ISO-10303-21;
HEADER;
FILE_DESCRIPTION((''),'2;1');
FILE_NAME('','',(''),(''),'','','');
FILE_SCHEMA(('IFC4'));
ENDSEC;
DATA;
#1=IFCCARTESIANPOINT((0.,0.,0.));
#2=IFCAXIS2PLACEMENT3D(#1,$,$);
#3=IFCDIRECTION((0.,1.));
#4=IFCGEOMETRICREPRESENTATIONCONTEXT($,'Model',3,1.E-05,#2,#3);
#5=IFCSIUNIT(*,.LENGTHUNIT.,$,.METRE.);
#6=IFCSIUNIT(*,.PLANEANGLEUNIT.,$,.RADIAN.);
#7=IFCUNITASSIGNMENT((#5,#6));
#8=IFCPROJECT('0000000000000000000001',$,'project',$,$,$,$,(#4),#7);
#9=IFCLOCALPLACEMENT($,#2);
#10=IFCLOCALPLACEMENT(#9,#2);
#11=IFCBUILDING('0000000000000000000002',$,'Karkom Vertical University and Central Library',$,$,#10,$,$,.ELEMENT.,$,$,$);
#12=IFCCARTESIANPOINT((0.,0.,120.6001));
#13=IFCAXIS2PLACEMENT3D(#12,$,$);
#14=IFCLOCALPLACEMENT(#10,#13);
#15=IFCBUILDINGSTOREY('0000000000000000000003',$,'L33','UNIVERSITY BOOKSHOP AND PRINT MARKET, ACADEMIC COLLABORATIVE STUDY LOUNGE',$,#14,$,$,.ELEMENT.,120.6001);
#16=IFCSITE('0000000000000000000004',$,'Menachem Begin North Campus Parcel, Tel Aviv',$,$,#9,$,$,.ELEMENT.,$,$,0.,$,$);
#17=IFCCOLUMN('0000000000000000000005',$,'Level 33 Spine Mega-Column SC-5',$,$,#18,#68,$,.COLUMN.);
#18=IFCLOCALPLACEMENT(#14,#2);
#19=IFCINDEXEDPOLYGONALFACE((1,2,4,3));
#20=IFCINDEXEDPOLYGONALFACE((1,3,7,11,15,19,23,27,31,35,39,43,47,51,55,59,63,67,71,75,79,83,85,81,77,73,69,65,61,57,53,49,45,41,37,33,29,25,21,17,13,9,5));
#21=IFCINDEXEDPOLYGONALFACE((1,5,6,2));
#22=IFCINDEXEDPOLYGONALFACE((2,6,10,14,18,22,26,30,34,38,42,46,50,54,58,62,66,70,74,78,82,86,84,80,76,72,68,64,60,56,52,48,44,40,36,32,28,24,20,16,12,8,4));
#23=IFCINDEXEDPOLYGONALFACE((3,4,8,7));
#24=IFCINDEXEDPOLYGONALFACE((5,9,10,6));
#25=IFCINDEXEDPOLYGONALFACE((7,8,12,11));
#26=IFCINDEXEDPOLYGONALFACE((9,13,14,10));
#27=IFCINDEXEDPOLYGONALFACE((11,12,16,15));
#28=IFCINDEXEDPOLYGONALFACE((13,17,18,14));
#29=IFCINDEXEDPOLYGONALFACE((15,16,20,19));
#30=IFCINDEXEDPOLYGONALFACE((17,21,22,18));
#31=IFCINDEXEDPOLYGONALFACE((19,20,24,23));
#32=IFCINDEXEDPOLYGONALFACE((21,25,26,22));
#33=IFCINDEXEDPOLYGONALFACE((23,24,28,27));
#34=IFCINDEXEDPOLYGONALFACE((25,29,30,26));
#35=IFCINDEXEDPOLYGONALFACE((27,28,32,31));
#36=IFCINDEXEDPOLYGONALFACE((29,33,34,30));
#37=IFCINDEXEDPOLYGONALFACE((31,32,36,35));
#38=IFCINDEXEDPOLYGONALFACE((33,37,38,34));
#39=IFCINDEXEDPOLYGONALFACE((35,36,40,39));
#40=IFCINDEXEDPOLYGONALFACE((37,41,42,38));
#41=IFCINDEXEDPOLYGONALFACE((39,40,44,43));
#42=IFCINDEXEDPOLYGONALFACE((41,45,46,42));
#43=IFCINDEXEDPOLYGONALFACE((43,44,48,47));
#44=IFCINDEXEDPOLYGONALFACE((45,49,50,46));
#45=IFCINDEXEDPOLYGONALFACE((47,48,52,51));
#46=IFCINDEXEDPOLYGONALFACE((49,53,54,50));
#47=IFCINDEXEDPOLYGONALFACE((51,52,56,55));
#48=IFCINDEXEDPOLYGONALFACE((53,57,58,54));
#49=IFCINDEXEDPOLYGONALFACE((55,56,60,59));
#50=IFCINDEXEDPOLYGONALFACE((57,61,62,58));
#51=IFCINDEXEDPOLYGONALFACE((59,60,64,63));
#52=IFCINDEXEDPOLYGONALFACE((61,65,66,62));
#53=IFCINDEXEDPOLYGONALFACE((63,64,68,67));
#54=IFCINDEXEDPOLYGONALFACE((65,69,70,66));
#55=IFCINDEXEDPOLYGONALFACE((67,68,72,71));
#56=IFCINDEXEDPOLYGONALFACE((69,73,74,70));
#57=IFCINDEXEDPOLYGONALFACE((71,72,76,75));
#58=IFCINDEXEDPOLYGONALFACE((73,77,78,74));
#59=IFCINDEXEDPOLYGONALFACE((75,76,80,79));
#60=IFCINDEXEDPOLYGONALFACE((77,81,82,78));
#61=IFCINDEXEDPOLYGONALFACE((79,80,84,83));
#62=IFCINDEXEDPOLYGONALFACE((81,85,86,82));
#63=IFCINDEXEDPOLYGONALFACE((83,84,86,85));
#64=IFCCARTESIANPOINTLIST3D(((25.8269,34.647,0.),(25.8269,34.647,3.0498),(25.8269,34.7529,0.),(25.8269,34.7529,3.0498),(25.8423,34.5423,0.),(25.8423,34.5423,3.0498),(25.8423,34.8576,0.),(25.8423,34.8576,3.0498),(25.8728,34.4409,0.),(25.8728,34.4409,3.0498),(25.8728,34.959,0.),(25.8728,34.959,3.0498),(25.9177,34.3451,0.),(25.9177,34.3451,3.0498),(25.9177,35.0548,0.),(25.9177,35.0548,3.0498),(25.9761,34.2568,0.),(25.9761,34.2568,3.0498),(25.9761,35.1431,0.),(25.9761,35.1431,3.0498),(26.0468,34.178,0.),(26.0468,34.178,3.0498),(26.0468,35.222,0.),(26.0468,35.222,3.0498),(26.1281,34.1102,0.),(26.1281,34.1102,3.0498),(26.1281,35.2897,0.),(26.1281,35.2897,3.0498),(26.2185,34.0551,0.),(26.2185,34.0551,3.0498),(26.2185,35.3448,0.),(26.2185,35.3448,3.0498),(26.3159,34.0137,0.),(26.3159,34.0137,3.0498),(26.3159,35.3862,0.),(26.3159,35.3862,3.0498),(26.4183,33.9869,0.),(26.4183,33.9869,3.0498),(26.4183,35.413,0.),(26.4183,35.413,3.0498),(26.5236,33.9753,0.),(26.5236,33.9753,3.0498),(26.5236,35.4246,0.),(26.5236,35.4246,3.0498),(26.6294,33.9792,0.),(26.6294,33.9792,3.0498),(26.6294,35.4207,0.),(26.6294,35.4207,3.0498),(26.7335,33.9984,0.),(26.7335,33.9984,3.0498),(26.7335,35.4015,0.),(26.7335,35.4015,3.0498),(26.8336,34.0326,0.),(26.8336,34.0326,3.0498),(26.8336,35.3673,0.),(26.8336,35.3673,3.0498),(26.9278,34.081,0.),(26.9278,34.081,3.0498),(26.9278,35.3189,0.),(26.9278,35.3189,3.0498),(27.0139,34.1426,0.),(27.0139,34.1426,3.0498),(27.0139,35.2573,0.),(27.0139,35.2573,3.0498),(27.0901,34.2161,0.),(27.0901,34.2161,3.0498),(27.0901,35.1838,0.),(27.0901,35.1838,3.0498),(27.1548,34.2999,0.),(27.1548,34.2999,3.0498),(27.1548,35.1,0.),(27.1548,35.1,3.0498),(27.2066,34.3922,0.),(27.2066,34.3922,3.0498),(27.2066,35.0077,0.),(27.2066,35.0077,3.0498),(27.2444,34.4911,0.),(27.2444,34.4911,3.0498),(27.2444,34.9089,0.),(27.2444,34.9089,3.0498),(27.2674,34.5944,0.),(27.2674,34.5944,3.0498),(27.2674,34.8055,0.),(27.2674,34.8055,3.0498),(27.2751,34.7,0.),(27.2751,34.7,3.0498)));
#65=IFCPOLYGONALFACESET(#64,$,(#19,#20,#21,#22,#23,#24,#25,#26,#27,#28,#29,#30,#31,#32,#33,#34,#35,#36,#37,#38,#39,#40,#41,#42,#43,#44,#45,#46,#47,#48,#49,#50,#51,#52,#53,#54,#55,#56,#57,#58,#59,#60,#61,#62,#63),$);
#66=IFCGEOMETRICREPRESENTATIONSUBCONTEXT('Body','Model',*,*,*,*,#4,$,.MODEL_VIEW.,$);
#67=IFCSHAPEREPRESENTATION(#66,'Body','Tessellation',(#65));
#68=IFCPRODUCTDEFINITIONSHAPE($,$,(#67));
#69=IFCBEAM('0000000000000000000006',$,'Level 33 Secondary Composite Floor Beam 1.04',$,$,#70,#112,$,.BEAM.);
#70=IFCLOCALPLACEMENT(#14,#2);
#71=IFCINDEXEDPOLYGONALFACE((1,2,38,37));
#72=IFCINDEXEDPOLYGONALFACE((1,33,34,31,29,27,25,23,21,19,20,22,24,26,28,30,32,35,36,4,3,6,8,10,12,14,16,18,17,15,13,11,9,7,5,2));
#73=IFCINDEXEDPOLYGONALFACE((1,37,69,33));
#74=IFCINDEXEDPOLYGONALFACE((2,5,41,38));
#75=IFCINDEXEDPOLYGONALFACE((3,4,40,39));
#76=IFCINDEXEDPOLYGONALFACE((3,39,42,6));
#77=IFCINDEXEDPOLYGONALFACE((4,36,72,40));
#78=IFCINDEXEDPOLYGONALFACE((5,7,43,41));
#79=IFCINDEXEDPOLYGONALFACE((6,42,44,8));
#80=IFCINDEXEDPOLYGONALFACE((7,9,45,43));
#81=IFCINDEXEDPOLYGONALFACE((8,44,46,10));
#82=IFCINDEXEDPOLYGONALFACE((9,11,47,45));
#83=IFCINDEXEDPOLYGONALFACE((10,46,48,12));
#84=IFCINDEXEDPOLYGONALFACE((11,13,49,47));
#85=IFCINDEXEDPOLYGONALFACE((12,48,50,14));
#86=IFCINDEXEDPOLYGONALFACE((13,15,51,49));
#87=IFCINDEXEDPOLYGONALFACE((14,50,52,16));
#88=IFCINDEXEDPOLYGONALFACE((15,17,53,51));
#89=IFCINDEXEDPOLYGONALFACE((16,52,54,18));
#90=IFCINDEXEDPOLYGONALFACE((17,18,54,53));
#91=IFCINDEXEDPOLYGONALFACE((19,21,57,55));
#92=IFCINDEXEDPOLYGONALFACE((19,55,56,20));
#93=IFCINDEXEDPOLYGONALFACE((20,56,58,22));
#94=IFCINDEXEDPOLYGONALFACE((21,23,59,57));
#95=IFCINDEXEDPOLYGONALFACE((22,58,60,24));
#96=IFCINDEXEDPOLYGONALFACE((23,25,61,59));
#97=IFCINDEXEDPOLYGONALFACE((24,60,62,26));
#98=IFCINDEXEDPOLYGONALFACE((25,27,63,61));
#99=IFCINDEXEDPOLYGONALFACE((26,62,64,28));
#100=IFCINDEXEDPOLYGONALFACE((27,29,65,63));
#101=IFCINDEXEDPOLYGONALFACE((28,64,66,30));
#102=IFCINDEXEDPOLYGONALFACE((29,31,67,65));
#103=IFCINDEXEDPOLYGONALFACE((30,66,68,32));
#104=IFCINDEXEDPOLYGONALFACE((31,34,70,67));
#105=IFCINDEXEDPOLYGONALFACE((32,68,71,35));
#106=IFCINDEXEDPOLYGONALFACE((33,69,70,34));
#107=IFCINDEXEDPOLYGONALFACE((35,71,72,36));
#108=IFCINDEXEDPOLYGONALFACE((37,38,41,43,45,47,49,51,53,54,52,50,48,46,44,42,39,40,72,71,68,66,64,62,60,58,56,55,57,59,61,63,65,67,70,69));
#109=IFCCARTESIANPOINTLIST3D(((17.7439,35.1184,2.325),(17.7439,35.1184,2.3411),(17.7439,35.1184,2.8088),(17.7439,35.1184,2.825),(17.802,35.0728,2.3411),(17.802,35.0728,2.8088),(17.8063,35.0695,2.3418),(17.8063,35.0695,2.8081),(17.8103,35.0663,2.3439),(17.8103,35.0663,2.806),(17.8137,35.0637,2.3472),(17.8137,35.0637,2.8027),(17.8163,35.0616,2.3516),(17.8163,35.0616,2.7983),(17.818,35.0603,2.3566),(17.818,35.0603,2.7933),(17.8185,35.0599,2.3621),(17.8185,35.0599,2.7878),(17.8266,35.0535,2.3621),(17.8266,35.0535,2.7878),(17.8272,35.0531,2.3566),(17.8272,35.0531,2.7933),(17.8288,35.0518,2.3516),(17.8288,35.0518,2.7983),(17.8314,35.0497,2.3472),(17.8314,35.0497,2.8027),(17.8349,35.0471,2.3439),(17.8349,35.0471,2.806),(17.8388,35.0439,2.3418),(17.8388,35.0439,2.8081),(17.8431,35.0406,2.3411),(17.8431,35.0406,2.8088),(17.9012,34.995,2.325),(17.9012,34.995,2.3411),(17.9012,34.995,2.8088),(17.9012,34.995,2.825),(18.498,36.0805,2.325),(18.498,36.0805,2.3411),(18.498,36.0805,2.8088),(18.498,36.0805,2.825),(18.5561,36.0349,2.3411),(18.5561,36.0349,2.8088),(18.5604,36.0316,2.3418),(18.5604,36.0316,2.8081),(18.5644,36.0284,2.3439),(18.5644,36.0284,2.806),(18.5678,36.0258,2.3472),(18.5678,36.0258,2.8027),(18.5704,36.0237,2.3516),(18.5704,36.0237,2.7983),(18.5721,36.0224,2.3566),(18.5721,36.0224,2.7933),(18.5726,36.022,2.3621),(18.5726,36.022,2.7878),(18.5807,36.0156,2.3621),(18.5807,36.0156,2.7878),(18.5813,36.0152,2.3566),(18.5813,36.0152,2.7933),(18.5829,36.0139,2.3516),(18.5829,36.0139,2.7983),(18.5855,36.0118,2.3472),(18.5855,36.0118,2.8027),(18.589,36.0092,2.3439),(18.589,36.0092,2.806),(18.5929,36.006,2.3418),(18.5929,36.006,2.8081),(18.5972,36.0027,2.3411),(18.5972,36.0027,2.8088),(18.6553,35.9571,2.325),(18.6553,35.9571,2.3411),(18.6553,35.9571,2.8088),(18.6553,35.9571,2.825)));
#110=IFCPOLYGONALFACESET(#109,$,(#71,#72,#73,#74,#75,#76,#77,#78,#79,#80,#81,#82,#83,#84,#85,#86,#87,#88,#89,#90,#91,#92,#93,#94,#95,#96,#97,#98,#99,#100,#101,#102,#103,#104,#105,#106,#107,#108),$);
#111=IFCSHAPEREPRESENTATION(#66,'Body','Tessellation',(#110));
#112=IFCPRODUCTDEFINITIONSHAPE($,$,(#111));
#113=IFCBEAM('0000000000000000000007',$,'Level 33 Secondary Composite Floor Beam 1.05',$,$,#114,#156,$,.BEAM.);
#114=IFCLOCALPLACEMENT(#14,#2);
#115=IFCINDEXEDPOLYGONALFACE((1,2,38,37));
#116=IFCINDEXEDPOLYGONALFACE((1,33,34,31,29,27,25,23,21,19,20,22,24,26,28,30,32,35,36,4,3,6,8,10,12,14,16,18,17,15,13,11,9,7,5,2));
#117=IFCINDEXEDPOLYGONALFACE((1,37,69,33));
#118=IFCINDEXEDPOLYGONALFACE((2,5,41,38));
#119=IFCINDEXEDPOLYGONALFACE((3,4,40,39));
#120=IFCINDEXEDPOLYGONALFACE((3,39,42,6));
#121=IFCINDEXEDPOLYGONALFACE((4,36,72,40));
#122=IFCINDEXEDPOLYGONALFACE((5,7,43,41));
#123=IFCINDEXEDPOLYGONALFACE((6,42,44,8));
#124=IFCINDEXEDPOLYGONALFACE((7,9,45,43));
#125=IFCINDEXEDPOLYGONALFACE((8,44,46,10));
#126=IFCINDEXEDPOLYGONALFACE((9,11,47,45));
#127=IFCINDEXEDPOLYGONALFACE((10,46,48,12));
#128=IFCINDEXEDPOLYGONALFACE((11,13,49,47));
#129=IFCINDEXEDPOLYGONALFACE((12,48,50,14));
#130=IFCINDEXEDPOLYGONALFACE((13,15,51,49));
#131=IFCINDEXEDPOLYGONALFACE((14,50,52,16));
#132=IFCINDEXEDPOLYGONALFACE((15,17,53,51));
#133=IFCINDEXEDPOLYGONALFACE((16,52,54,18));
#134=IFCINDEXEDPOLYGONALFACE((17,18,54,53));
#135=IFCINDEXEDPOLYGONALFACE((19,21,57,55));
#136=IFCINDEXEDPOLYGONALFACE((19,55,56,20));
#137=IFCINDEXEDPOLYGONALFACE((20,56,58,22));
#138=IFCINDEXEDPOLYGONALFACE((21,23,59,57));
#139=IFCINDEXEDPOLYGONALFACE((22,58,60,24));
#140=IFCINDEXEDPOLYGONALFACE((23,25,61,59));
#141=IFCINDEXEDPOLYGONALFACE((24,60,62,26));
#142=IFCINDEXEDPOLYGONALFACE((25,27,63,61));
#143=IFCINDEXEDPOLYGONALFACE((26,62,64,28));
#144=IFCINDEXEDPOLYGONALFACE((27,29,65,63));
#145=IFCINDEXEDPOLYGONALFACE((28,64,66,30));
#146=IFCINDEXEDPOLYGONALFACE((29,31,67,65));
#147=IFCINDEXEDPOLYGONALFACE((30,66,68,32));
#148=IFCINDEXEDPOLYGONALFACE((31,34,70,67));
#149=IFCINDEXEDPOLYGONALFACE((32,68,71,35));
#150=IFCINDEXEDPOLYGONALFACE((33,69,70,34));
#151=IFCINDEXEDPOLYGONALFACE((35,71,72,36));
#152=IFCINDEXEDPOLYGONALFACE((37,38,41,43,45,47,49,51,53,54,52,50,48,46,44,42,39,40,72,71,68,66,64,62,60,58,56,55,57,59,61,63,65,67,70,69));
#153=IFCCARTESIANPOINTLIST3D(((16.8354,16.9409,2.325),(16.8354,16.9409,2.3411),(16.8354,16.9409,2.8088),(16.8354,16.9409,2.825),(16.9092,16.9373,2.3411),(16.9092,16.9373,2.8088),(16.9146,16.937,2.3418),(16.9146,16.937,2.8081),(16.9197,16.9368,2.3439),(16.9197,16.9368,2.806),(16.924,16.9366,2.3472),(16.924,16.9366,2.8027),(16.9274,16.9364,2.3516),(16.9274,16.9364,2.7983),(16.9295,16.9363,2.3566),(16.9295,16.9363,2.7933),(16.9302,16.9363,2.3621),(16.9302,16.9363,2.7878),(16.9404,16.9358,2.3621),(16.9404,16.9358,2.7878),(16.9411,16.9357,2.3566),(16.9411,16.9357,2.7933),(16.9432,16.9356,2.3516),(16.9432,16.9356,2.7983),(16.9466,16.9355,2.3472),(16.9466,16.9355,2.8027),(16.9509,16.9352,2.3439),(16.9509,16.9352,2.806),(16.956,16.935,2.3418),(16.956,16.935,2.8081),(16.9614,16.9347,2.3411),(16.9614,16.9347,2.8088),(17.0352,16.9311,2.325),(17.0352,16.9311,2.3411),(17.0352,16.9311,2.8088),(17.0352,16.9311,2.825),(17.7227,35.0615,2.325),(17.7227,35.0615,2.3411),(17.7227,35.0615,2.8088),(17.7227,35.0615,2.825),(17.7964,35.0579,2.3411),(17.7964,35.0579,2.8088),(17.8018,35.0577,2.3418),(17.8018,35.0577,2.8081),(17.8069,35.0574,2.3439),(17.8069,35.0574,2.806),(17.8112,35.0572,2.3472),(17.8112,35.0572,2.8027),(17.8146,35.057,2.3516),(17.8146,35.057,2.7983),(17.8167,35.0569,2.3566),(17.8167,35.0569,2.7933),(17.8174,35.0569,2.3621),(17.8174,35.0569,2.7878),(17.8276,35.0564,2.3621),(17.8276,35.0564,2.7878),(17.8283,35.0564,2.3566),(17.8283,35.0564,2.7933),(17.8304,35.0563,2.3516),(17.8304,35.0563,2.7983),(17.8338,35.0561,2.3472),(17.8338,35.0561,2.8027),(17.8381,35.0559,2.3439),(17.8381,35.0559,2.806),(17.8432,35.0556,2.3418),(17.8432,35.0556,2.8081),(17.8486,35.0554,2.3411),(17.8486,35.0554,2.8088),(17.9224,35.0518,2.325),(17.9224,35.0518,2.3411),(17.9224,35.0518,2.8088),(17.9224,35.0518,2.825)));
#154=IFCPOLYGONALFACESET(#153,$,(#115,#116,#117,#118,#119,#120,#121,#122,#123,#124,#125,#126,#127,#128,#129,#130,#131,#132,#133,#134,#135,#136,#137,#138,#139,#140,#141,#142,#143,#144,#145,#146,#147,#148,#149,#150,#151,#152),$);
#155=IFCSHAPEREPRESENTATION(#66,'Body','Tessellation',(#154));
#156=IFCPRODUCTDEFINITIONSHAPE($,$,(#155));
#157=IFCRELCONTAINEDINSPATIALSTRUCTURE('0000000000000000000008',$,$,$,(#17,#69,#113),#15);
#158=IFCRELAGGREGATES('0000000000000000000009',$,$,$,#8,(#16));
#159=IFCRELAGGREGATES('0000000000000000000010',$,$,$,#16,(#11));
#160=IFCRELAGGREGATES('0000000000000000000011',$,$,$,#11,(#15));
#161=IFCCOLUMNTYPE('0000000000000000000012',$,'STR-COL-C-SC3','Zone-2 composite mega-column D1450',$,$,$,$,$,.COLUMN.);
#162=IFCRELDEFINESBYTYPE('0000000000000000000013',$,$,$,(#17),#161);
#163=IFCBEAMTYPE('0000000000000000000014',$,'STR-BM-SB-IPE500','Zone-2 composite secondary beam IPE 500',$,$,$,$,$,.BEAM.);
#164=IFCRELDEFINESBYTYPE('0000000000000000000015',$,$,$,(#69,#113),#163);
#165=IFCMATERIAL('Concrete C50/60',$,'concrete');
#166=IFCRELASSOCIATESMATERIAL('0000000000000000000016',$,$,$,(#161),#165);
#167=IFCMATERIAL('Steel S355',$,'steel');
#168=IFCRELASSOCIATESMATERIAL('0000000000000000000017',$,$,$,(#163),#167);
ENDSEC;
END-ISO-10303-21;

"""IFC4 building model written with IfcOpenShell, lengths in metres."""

from ifc_helpers import new_model, si_unit, direction, frame, origin, origin_with_axes, origin_2d, place, context, subcontext, project, spatial, circle, i_section, extrude, source, transform, mapped, material, material_profile, profile_set, type_object, element, save


model = new_model("IFC4")

# Units and contexts
model_context = context("Model", 3, precision=1e-05, world=origin(), true_north=direction((0.0, 1.0)))
body_context = subcontext(model_context, "Body", "Model", "MODEL_VIEW")
ifc_project = project(units=[si_unit("LENGTHUNIT", "METRE"), si_unit("PLANEANGLEUNIT", "RADIAN")], contexts=[model_context])

# Site, building, storey
site_placement = place(None, origin())
site = spatial("IfcSite", under=ifc_project, at=site_placement, Name="Menachem Begin North Campus Parcel, Tel Aviv", CompositionType="ELEMENT", RefElevation=0.0)
building_placement = place(site_placement, origin())
building = spatial("IfcBuilding", under=site, at=building_placement, Name="Karkom Vertical University and Central Library", CompositionType="ELEMENT")
storey_placement = place(building_placement, frame((0.0, 0.0, 120.6001)))
storey = spatial("IfcBuildingStorey", under=building, at=storey_placement, Name="L33", Description="UNIVERSITY BOOKSHOP AND PRINT MARKET, ACADEMIC COLLABORATIVE STUDY LOUNGE", CompositionType="ELEMENT", Elevation=120.6001)

# Column
ifc_material_1 = material(Name="Concrete C50/60", Category="concrete")
ifc_material_profile_1 = material_profile(ifc_material_1, circle(Radius=0.7251, at=origin_2d()), Name="CFT-D1450")
ifc_profile_set_1 = profile_set([ifc_material_profile_1], Name="Concrete C50/60")
column_type = type_object("IfcColumnType", Name="STR-COL-C-SC3", Description="Zone-2 composite mega-column D1450", PredefinedType="COLUMN", material=ifc_profile_set_1)
shared_shape_1 = source(origin_with_axes(), body_context, "Body", "SweptSolid", [
    extrude(circle(Radius=0.7251, at=origin_2d()), origin(), (0.0, 0.0, 1.0), 3.0498),
])
column_placement = place(storey_placement, frame((26.55, 34.7, 0.0), z_axis=(0.0, 0.0, 1.0), x_axis=(1.0, 0.0, 0.0)))
element("IfcColumn", 1, at=column_placement, inside=storey, type_object=column_type, Name="Level 33 Spine Mega-Column SC-5", PredefinedType="COLUMN", context=body_context, shape_type="MappedRepresentation", body=[
    mapped(shared_shape_1, transform((0.0, 0.0, 0.0), scale=1.0)),
])

# Beams
ifc_material_2 = material(Name="Steel S355", Category="steel")
ifc_material_profile_2 = material_profile(ifc_material_2, i_section(OverallWidth=0.2, OverallDepth=0.5, WebThickness=0.0103, FlangeThickness=0.0161, FilletRadius=0.021, at=origin_2d()), Name="IPE 500")
ifc_profile_set_2 = profile_set([ifc_material_profile_2], Name="Steel S355")
beam_type_1 = type_object("IfcBeamType", Name="STR-BM-SB-IPE500", Description="Zone-2 composite secondary beam IPE 500", PredefinedType="BEAM", material=ifc_profile_set_2)
shared_shape_2 = source(origin_with_axes(), body_context, "Body", "SweptSolid", [
    extrude(i_section(OverallWidth=0.2, OverallDepth=0.5, WebThickness=0.0103, FlangeThickness=0.0161, FilletRadius=0.021, at=origin_2d()), origin(), (0.0, 0.0, 1.0), 1.2224),
])
beam_1_placement = place(storey_placement, frame((18.5767, 36.0188, 2.575), z_axis=(-0.616895, -0.787045, 0.0), x_axis=(0.787045, -0.616895, 0.0)))
element("IfcBeam", 2, at=beam_1_placement, inside=storey, type_object=beam_type_1, Name="Level 33 Secondary Composite Floor Beam 1.04", PredefinedType="BEAM", context=body_context, shape_type="MappedRepresentation", body=[
    mapped(shared_shape_2, transform((0.0, 0.0, 0.0), scale=1.0)),
])
shared_shape_3 = source(origin_with_axes(), body_context, "Body", "SweptSolid", [
    extrude(i_section(OverallWidth=0.2, OverallDepth=0.5, WebThickness=0.0103, FlangeThickness=0.0161, FilletRadius=0.021, at=origin_2d()), origin(), (0.0, 0.0, 1.0), 18.1423),
])
beam_2_placement = place(storey_placement, frame((17.8225, 35.0566, 2.575), z_axis=(-0.048903, -0.998804, 0.0), x_axis=(0.998804, -0.048903, 0.0)))
element("IfcBeam", 3, at=beam_2_placement, inside=storey, type_object=beam_type_1, Name="Level 33 Secondary Composite Floor Beam 1.05", PredefinedType="BEAM", context=body_context, shape_type="MappedRepresentation", body=[
    mapped(shared_shape_3, transform((0.0, 0.0, 0.0), scale=1.0)),
])

save(model, "model.ifc")
